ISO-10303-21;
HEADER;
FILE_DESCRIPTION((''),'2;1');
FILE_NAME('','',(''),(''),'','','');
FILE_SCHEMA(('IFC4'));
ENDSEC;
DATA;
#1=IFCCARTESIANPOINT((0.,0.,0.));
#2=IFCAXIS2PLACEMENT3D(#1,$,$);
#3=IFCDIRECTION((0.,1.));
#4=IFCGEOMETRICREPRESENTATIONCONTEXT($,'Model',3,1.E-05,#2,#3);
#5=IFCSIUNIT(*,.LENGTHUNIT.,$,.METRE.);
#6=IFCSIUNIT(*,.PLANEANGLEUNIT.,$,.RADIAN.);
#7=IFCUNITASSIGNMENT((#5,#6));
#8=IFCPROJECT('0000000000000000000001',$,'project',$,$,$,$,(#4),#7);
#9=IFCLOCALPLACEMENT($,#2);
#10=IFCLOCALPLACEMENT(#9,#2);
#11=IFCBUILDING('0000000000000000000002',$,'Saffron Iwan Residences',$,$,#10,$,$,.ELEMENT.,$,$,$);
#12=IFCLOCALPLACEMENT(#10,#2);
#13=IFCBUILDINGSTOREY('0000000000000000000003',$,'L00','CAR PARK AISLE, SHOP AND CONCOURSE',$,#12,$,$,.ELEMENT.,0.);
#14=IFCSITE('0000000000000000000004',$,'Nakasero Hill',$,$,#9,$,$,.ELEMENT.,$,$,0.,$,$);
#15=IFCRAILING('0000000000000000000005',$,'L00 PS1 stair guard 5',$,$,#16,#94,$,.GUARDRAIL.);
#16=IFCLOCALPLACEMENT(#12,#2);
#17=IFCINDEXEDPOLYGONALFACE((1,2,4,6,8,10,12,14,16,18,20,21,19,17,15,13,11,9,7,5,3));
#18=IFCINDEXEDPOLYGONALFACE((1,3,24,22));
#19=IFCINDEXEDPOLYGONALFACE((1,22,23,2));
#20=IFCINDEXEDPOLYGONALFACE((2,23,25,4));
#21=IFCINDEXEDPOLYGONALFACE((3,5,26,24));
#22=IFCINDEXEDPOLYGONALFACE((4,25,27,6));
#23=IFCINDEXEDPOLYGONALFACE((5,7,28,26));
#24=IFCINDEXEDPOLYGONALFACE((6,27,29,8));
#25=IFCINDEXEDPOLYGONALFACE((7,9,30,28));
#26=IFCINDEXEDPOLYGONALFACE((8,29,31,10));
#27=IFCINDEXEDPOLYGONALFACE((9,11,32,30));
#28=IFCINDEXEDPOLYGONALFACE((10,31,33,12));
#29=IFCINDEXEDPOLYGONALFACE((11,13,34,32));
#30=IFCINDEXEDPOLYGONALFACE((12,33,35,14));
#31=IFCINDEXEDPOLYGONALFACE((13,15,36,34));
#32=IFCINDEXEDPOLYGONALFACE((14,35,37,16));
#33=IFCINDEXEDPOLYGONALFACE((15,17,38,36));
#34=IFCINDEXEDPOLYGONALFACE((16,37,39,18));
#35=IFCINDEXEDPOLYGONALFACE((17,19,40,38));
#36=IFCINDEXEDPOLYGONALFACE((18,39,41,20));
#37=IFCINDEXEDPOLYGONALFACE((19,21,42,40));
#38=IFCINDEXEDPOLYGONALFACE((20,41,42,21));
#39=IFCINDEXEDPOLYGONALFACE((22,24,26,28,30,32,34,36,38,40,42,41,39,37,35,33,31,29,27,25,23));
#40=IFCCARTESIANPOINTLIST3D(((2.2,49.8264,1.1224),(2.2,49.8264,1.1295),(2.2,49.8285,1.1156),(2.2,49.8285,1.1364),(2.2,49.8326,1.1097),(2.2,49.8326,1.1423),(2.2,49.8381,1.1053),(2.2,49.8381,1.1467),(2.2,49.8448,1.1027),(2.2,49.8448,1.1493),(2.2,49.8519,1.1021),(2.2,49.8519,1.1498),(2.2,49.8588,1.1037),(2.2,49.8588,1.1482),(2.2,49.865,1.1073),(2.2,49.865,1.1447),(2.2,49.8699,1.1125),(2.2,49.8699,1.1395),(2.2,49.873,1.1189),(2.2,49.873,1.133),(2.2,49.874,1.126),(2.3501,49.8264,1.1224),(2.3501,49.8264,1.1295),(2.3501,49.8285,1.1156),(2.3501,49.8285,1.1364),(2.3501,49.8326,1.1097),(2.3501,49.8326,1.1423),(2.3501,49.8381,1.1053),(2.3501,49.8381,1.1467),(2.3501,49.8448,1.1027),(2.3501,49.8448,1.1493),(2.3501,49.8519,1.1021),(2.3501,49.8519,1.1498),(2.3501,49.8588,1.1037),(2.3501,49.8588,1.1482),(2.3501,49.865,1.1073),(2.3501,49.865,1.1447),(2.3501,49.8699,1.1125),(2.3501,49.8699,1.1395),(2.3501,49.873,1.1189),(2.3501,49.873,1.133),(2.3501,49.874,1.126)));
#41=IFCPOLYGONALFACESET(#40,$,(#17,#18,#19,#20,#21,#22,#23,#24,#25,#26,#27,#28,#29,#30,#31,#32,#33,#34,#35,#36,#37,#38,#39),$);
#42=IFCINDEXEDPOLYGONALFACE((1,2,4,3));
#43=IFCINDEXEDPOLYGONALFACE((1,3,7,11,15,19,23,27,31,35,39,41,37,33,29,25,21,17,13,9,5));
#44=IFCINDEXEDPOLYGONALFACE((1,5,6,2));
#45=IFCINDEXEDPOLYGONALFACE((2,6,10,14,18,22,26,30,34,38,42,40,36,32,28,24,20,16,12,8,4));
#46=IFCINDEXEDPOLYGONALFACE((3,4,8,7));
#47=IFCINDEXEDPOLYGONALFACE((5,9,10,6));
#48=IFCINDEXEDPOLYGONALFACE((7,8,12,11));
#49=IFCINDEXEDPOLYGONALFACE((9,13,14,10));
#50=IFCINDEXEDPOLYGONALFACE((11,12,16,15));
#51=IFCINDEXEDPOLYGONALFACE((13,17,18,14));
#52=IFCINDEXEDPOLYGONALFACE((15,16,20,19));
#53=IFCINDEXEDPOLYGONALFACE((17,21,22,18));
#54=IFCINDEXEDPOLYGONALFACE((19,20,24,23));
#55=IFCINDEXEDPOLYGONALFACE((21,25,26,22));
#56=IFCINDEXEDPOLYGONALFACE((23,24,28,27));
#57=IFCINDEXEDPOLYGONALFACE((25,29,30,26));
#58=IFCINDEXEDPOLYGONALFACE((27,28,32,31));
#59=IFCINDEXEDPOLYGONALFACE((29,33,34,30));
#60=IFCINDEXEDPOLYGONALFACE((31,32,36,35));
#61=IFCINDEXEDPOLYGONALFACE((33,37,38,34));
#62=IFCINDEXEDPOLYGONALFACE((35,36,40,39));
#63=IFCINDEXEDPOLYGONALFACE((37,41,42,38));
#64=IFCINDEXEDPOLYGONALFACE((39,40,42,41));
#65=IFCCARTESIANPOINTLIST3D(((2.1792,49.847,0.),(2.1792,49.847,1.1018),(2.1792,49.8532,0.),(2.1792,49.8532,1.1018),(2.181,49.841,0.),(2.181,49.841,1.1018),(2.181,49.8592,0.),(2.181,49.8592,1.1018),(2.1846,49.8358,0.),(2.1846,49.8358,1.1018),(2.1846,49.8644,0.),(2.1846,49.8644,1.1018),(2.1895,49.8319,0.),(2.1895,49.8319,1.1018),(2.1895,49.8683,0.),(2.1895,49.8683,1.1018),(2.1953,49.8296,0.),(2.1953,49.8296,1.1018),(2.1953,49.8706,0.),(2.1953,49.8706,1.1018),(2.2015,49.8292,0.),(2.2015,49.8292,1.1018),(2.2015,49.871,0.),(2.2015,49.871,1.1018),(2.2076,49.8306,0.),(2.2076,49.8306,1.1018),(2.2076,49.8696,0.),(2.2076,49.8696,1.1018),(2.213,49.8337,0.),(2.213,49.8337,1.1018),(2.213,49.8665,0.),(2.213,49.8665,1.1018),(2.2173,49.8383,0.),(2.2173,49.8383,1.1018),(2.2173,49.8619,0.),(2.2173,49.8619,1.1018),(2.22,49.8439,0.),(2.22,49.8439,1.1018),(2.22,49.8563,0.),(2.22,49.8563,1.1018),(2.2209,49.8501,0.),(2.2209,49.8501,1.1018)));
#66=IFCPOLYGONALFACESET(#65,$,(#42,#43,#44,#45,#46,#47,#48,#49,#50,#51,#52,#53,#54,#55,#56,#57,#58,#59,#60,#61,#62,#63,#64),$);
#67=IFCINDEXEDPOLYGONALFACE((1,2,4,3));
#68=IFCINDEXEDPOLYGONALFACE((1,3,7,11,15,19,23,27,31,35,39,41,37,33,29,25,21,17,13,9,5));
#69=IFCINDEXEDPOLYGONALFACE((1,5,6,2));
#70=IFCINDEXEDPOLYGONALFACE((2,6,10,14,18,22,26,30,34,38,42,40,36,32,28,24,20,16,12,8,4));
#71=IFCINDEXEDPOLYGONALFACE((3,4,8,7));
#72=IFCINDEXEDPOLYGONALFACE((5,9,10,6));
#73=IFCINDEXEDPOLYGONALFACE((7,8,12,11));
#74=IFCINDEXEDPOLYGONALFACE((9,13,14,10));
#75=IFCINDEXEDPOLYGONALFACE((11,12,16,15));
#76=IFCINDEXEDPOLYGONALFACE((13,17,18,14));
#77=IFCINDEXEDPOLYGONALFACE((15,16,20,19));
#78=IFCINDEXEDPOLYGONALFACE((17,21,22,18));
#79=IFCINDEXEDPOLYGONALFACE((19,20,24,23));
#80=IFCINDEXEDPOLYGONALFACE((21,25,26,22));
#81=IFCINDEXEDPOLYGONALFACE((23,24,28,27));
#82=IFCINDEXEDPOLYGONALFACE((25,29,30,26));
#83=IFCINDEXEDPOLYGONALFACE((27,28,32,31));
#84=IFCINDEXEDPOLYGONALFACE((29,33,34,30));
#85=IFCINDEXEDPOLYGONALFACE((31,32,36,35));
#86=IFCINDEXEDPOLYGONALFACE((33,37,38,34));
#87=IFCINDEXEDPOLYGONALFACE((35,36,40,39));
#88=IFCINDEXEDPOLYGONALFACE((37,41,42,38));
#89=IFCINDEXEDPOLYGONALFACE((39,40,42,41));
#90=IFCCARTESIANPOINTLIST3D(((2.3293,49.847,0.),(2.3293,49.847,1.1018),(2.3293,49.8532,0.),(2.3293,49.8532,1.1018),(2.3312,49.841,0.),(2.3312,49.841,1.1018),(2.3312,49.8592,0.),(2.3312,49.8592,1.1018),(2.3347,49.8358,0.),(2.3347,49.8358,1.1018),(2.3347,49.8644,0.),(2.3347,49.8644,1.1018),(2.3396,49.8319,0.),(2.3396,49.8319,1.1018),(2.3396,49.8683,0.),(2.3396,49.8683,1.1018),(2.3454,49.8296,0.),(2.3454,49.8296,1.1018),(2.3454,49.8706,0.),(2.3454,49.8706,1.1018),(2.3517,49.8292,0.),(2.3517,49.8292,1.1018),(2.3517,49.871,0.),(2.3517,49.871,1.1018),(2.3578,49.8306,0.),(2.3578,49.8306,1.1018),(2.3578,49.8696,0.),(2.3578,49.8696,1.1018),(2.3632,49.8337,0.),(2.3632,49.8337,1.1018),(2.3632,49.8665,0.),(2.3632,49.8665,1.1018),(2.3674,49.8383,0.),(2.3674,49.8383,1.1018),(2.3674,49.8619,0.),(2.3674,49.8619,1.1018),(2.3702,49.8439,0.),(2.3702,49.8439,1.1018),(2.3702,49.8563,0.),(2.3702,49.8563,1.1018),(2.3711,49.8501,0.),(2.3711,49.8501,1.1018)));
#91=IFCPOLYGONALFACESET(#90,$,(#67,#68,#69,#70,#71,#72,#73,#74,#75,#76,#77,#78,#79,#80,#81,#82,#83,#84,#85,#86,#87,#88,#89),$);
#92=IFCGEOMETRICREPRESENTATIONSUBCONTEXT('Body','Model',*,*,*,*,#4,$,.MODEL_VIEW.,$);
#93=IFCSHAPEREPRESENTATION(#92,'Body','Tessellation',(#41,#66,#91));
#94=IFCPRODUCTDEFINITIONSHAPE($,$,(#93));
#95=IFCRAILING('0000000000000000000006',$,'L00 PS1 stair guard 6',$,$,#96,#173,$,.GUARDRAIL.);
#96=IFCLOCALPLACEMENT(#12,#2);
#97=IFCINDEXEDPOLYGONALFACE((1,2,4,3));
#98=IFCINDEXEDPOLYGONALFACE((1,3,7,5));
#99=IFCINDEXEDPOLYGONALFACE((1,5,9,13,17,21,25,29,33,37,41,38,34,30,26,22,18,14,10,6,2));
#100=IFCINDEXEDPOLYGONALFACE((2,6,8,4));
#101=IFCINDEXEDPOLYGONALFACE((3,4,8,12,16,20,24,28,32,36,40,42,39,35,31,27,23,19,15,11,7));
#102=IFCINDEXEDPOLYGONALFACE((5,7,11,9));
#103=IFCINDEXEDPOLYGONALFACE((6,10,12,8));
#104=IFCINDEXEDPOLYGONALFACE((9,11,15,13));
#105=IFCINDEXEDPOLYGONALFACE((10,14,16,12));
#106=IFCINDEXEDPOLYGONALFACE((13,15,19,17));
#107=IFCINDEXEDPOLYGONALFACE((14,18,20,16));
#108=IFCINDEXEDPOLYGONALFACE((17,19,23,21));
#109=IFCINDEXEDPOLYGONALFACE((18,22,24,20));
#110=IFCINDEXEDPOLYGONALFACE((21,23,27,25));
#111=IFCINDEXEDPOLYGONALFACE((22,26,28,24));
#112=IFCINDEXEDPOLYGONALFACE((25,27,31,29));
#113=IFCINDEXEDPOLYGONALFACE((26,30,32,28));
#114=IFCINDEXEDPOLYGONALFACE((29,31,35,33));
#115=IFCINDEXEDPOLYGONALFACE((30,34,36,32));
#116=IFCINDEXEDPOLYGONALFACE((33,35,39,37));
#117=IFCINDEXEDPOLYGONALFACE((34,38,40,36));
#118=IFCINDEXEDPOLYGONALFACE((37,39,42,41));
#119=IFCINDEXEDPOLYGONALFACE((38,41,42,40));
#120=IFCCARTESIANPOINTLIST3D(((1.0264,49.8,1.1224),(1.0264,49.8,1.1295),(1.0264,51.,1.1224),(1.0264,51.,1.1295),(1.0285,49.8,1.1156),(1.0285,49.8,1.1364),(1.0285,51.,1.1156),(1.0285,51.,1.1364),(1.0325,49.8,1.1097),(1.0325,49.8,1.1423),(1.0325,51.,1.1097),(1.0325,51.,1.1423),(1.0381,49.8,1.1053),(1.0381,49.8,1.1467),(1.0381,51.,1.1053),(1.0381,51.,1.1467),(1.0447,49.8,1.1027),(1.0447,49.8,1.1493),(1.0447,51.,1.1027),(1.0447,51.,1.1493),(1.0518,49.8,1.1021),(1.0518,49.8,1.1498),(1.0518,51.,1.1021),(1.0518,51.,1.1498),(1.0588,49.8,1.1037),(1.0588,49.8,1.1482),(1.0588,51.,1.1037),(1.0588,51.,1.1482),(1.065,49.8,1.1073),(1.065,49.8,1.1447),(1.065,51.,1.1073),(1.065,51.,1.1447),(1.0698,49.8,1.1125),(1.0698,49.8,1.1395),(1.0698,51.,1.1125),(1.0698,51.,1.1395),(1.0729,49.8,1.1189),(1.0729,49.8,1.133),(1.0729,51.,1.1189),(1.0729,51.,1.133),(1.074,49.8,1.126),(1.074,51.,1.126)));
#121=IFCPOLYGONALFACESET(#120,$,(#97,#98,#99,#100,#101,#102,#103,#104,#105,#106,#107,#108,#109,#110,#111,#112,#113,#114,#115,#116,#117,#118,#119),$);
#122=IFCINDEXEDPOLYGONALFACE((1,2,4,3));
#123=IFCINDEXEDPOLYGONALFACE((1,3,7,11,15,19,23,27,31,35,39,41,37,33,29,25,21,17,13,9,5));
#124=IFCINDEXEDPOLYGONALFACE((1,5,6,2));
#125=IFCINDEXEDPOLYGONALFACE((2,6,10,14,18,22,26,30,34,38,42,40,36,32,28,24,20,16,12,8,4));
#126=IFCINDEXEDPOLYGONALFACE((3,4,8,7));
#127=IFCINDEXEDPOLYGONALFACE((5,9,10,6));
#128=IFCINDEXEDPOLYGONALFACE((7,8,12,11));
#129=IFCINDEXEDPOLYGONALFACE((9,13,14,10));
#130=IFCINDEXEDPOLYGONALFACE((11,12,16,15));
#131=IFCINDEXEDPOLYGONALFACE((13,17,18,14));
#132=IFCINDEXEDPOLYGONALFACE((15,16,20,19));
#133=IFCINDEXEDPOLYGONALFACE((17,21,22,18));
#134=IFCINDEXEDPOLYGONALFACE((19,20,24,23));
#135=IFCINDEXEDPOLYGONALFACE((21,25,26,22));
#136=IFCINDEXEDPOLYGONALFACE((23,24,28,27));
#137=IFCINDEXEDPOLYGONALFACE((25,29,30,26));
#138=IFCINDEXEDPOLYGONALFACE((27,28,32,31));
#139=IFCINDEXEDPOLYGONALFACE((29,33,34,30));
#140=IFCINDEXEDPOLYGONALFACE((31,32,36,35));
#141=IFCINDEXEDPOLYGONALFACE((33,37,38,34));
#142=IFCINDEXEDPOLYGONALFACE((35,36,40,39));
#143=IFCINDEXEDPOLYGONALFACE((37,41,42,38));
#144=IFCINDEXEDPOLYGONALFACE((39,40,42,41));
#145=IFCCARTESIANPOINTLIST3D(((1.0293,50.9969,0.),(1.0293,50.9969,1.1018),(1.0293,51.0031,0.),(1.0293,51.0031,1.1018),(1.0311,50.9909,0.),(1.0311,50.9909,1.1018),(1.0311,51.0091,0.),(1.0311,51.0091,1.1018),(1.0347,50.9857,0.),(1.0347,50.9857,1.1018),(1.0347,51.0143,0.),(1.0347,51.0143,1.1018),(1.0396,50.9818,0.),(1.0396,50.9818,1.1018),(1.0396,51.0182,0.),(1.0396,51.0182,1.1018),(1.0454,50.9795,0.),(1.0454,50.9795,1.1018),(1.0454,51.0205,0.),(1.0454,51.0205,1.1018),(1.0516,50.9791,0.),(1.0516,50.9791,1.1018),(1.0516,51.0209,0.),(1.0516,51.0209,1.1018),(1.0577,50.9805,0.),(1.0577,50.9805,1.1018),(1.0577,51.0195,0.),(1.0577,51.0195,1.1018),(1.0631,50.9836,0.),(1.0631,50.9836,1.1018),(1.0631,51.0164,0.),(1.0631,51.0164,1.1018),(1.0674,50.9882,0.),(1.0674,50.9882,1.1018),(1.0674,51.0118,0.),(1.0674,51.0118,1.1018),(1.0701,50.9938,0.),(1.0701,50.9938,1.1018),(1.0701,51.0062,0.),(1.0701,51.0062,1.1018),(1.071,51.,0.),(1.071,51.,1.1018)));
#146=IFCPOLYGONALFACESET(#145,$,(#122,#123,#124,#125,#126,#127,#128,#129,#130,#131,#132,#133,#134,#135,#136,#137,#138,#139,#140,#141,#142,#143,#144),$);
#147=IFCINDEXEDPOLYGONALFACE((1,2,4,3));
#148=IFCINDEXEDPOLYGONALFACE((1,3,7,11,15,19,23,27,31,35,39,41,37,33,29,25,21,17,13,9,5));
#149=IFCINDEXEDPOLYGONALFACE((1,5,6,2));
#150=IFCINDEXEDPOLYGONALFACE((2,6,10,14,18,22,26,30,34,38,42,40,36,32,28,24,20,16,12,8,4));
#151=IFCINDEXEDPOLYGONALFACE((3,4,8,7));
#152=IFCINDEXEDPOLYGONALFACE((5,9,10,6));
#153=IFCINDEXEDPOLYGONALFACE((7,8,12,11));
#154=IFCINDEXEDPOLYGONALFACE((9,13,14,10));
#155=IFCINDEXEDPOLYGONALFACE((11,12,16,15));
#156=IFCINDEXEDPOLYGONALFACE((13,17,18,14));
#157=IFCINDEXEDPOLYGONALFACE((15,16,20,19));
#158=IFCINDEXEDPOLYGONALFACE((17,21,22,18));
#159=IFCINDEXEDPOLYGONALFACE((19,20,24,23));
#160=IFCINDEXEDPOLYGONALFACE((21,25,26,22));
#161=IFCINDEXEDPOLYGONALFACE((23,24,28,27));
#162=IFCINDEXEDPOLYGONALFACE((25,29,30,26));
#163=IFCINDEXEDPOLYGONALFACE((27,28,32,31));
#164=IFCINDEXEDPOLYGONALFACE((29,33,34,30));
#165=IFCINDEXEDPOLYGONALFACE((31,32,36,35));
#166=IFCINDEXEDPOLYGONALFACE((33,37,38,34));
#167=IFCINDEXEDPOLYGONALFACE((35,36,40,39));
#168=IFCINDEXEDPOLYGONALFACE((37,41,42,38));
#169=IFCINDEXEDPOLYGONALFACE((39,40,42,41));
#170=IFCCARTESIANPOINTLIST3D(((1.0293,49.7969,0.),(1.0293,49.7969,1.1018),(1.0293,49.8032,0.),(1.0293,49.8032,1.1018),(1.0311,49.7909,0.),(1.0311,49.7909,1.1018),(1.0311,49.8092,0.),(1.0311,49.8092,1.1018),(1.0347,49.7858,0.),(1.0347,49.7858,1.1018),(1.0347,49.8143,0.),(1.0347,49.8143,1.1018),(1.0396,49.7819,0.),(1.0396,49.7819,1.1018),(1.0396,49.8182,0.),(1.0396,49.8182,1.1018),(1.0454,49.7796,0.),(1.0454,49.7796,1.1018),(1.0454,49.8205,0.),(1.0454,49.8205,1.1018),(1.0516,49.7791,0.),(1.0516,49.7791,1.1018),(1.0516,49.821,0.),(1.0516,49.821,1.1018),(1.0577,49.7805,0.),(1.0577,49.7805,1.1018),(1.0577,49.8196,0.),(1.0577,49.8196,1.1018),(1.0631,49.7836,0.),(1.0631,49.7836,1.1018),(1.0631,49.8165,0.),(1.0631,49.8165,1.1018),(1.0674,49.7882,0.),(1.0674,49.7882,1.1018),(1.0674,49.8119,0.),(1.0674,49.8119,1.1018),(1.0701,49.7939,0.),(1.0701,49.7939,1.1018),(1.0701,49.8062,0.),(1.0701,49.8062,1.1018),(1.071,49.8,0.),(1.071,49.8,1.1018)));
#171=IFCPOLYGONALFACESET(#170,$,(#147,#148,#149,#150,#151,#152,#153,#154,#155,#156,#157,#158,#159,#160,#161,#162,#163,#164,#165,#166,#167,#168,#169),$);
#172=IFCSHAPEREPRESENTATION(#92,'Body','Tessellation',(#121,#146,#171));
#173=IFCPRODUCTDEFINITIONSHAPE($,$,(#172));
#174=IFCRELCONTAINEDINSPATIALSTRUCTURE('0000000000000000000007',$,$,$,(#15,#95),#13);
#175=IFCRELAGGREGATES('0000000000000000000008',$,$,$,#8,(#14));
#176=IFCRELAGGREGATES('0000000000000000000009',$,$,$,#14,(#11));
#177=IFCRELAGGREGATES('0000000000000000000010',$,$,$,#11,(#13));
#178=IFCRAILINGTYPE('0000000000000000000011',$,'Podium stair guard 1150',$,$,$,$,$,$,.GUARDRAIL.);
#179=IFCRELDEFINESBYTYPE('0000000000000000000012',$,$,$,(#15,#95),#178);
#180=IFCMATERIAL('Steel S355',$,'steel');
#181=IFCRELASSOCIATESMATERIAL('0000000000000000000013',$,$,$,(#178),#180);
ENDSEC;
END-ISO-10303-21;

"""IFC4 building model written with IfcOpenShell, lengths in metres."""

from ifc_helpers import new_model, si_unit, direction, frame, origin, origin_2d, place, context, subcontext, project, spatial, circle, extrude, material, type_object, element, save


model = new_model("IFC4")

# Units and contexts
model_context = context("Model", 3, precision=1e-05, world=origin(), true_north=direction((0.0, 1.0)))
body_context = subcontext(model_context, "Body", "Model", "MODEL_VIEW")
ifc_project = project(units=[si_unit("LENGTHUNIT", "METRE"), si_unit("PLANEANGLEUNIT", "RADIAN")], contexts=[model_context])

# Site, building, storey
site_placement = place(None, origin())
site = spatial("IfcSite", under=ifc_project, at=site_placement, Name="Nakasero Hill", CompositionType="ELEMENT", RefElevation=0.0)
building_placement = place(site_placement, origin())
building = spatial("IfcBuilding", under=site, at=building_placement, Name="Saffron Iwan Residences", CompositionType="ELEMENT")
storey_placement = place(building_placement, origin())
storey = spatial("IfcBuildingStorey", under=building, at=storey_placement, Name="L00", Description="CAR PARK AISLE, SHOP AND CONCOURSE", CompositionType="ELEMENT", Elevation=0.0)

# Railings
ifc_material_1 = material(Name="Steel S355", Category="steel")
railing_type_1 = type_object("IfcRailingType", Name="Podium stair guard 1150", PredefinedType="GUARDRAIL", material=ifc_material_1)
railing_1_placement = place(storey_placement, frame((2.2, 49.8501, 0.0)))
element("IfcRailing", 1, at=railing_1_placement, inside=storey, type_object=railing_type_1, Name="L00 PS1 stair guard 5", PredefinedType="GUARDRAIL", context=body_context, shape_type="SweptSolid", body=[
    extrude(circle(Radius=0.0239, at=origin_2d()), frame((0.0, 0.0, 1.126), z_axis=(1.0, 0.0, 0.0), x_axis=(0.0, 1.0, 0.0)), (0.0, 0.0, 1.0), 0.1501),
    extrude(circle(Radius=0.021, at=origin_2d()), origin(), (0.0, 0.0, 1.0), 1.1018),
    extrude(circle(Radius=0.021, at=origin_2d()), frame((0.1501, 0.0, 0.0)), (0.0, 0.0, 1.0), 1.1018),
])
railing_2_placement = place(storey_placement, frame((1.05, 51.0, 0.0)))
element("IfcRailing", 2, at=railing_2_placement, inside=storey, type_object=railing_type_1, Name="L00 PS1 stair guard 6", PredefinedType="GUARDRAIL", context=body_context, shape_type="SweptSolid", body=[
    extrude(circle(Radius=0.0239, at=origin_2d()), frame((0.0, 0.0, 1.126), z_axis=(0.0, -1.0, 0.0), x_axis=(1.0, 0.0, 0.0)), (0.0, 0.0, 1.0), 1.2),
    extrude(circle(Radius=0.021, at=origin_2d()), origin(), (0.0, 0.0, 1.0), 1.1018),
    extrude(circle(Radius=0.021, at=origin_2d()), frame((0.0, -1.2, 0.0)), (0.0, 0.0, 1.0), 1.1018),
])

save(model, "model.ifc")
